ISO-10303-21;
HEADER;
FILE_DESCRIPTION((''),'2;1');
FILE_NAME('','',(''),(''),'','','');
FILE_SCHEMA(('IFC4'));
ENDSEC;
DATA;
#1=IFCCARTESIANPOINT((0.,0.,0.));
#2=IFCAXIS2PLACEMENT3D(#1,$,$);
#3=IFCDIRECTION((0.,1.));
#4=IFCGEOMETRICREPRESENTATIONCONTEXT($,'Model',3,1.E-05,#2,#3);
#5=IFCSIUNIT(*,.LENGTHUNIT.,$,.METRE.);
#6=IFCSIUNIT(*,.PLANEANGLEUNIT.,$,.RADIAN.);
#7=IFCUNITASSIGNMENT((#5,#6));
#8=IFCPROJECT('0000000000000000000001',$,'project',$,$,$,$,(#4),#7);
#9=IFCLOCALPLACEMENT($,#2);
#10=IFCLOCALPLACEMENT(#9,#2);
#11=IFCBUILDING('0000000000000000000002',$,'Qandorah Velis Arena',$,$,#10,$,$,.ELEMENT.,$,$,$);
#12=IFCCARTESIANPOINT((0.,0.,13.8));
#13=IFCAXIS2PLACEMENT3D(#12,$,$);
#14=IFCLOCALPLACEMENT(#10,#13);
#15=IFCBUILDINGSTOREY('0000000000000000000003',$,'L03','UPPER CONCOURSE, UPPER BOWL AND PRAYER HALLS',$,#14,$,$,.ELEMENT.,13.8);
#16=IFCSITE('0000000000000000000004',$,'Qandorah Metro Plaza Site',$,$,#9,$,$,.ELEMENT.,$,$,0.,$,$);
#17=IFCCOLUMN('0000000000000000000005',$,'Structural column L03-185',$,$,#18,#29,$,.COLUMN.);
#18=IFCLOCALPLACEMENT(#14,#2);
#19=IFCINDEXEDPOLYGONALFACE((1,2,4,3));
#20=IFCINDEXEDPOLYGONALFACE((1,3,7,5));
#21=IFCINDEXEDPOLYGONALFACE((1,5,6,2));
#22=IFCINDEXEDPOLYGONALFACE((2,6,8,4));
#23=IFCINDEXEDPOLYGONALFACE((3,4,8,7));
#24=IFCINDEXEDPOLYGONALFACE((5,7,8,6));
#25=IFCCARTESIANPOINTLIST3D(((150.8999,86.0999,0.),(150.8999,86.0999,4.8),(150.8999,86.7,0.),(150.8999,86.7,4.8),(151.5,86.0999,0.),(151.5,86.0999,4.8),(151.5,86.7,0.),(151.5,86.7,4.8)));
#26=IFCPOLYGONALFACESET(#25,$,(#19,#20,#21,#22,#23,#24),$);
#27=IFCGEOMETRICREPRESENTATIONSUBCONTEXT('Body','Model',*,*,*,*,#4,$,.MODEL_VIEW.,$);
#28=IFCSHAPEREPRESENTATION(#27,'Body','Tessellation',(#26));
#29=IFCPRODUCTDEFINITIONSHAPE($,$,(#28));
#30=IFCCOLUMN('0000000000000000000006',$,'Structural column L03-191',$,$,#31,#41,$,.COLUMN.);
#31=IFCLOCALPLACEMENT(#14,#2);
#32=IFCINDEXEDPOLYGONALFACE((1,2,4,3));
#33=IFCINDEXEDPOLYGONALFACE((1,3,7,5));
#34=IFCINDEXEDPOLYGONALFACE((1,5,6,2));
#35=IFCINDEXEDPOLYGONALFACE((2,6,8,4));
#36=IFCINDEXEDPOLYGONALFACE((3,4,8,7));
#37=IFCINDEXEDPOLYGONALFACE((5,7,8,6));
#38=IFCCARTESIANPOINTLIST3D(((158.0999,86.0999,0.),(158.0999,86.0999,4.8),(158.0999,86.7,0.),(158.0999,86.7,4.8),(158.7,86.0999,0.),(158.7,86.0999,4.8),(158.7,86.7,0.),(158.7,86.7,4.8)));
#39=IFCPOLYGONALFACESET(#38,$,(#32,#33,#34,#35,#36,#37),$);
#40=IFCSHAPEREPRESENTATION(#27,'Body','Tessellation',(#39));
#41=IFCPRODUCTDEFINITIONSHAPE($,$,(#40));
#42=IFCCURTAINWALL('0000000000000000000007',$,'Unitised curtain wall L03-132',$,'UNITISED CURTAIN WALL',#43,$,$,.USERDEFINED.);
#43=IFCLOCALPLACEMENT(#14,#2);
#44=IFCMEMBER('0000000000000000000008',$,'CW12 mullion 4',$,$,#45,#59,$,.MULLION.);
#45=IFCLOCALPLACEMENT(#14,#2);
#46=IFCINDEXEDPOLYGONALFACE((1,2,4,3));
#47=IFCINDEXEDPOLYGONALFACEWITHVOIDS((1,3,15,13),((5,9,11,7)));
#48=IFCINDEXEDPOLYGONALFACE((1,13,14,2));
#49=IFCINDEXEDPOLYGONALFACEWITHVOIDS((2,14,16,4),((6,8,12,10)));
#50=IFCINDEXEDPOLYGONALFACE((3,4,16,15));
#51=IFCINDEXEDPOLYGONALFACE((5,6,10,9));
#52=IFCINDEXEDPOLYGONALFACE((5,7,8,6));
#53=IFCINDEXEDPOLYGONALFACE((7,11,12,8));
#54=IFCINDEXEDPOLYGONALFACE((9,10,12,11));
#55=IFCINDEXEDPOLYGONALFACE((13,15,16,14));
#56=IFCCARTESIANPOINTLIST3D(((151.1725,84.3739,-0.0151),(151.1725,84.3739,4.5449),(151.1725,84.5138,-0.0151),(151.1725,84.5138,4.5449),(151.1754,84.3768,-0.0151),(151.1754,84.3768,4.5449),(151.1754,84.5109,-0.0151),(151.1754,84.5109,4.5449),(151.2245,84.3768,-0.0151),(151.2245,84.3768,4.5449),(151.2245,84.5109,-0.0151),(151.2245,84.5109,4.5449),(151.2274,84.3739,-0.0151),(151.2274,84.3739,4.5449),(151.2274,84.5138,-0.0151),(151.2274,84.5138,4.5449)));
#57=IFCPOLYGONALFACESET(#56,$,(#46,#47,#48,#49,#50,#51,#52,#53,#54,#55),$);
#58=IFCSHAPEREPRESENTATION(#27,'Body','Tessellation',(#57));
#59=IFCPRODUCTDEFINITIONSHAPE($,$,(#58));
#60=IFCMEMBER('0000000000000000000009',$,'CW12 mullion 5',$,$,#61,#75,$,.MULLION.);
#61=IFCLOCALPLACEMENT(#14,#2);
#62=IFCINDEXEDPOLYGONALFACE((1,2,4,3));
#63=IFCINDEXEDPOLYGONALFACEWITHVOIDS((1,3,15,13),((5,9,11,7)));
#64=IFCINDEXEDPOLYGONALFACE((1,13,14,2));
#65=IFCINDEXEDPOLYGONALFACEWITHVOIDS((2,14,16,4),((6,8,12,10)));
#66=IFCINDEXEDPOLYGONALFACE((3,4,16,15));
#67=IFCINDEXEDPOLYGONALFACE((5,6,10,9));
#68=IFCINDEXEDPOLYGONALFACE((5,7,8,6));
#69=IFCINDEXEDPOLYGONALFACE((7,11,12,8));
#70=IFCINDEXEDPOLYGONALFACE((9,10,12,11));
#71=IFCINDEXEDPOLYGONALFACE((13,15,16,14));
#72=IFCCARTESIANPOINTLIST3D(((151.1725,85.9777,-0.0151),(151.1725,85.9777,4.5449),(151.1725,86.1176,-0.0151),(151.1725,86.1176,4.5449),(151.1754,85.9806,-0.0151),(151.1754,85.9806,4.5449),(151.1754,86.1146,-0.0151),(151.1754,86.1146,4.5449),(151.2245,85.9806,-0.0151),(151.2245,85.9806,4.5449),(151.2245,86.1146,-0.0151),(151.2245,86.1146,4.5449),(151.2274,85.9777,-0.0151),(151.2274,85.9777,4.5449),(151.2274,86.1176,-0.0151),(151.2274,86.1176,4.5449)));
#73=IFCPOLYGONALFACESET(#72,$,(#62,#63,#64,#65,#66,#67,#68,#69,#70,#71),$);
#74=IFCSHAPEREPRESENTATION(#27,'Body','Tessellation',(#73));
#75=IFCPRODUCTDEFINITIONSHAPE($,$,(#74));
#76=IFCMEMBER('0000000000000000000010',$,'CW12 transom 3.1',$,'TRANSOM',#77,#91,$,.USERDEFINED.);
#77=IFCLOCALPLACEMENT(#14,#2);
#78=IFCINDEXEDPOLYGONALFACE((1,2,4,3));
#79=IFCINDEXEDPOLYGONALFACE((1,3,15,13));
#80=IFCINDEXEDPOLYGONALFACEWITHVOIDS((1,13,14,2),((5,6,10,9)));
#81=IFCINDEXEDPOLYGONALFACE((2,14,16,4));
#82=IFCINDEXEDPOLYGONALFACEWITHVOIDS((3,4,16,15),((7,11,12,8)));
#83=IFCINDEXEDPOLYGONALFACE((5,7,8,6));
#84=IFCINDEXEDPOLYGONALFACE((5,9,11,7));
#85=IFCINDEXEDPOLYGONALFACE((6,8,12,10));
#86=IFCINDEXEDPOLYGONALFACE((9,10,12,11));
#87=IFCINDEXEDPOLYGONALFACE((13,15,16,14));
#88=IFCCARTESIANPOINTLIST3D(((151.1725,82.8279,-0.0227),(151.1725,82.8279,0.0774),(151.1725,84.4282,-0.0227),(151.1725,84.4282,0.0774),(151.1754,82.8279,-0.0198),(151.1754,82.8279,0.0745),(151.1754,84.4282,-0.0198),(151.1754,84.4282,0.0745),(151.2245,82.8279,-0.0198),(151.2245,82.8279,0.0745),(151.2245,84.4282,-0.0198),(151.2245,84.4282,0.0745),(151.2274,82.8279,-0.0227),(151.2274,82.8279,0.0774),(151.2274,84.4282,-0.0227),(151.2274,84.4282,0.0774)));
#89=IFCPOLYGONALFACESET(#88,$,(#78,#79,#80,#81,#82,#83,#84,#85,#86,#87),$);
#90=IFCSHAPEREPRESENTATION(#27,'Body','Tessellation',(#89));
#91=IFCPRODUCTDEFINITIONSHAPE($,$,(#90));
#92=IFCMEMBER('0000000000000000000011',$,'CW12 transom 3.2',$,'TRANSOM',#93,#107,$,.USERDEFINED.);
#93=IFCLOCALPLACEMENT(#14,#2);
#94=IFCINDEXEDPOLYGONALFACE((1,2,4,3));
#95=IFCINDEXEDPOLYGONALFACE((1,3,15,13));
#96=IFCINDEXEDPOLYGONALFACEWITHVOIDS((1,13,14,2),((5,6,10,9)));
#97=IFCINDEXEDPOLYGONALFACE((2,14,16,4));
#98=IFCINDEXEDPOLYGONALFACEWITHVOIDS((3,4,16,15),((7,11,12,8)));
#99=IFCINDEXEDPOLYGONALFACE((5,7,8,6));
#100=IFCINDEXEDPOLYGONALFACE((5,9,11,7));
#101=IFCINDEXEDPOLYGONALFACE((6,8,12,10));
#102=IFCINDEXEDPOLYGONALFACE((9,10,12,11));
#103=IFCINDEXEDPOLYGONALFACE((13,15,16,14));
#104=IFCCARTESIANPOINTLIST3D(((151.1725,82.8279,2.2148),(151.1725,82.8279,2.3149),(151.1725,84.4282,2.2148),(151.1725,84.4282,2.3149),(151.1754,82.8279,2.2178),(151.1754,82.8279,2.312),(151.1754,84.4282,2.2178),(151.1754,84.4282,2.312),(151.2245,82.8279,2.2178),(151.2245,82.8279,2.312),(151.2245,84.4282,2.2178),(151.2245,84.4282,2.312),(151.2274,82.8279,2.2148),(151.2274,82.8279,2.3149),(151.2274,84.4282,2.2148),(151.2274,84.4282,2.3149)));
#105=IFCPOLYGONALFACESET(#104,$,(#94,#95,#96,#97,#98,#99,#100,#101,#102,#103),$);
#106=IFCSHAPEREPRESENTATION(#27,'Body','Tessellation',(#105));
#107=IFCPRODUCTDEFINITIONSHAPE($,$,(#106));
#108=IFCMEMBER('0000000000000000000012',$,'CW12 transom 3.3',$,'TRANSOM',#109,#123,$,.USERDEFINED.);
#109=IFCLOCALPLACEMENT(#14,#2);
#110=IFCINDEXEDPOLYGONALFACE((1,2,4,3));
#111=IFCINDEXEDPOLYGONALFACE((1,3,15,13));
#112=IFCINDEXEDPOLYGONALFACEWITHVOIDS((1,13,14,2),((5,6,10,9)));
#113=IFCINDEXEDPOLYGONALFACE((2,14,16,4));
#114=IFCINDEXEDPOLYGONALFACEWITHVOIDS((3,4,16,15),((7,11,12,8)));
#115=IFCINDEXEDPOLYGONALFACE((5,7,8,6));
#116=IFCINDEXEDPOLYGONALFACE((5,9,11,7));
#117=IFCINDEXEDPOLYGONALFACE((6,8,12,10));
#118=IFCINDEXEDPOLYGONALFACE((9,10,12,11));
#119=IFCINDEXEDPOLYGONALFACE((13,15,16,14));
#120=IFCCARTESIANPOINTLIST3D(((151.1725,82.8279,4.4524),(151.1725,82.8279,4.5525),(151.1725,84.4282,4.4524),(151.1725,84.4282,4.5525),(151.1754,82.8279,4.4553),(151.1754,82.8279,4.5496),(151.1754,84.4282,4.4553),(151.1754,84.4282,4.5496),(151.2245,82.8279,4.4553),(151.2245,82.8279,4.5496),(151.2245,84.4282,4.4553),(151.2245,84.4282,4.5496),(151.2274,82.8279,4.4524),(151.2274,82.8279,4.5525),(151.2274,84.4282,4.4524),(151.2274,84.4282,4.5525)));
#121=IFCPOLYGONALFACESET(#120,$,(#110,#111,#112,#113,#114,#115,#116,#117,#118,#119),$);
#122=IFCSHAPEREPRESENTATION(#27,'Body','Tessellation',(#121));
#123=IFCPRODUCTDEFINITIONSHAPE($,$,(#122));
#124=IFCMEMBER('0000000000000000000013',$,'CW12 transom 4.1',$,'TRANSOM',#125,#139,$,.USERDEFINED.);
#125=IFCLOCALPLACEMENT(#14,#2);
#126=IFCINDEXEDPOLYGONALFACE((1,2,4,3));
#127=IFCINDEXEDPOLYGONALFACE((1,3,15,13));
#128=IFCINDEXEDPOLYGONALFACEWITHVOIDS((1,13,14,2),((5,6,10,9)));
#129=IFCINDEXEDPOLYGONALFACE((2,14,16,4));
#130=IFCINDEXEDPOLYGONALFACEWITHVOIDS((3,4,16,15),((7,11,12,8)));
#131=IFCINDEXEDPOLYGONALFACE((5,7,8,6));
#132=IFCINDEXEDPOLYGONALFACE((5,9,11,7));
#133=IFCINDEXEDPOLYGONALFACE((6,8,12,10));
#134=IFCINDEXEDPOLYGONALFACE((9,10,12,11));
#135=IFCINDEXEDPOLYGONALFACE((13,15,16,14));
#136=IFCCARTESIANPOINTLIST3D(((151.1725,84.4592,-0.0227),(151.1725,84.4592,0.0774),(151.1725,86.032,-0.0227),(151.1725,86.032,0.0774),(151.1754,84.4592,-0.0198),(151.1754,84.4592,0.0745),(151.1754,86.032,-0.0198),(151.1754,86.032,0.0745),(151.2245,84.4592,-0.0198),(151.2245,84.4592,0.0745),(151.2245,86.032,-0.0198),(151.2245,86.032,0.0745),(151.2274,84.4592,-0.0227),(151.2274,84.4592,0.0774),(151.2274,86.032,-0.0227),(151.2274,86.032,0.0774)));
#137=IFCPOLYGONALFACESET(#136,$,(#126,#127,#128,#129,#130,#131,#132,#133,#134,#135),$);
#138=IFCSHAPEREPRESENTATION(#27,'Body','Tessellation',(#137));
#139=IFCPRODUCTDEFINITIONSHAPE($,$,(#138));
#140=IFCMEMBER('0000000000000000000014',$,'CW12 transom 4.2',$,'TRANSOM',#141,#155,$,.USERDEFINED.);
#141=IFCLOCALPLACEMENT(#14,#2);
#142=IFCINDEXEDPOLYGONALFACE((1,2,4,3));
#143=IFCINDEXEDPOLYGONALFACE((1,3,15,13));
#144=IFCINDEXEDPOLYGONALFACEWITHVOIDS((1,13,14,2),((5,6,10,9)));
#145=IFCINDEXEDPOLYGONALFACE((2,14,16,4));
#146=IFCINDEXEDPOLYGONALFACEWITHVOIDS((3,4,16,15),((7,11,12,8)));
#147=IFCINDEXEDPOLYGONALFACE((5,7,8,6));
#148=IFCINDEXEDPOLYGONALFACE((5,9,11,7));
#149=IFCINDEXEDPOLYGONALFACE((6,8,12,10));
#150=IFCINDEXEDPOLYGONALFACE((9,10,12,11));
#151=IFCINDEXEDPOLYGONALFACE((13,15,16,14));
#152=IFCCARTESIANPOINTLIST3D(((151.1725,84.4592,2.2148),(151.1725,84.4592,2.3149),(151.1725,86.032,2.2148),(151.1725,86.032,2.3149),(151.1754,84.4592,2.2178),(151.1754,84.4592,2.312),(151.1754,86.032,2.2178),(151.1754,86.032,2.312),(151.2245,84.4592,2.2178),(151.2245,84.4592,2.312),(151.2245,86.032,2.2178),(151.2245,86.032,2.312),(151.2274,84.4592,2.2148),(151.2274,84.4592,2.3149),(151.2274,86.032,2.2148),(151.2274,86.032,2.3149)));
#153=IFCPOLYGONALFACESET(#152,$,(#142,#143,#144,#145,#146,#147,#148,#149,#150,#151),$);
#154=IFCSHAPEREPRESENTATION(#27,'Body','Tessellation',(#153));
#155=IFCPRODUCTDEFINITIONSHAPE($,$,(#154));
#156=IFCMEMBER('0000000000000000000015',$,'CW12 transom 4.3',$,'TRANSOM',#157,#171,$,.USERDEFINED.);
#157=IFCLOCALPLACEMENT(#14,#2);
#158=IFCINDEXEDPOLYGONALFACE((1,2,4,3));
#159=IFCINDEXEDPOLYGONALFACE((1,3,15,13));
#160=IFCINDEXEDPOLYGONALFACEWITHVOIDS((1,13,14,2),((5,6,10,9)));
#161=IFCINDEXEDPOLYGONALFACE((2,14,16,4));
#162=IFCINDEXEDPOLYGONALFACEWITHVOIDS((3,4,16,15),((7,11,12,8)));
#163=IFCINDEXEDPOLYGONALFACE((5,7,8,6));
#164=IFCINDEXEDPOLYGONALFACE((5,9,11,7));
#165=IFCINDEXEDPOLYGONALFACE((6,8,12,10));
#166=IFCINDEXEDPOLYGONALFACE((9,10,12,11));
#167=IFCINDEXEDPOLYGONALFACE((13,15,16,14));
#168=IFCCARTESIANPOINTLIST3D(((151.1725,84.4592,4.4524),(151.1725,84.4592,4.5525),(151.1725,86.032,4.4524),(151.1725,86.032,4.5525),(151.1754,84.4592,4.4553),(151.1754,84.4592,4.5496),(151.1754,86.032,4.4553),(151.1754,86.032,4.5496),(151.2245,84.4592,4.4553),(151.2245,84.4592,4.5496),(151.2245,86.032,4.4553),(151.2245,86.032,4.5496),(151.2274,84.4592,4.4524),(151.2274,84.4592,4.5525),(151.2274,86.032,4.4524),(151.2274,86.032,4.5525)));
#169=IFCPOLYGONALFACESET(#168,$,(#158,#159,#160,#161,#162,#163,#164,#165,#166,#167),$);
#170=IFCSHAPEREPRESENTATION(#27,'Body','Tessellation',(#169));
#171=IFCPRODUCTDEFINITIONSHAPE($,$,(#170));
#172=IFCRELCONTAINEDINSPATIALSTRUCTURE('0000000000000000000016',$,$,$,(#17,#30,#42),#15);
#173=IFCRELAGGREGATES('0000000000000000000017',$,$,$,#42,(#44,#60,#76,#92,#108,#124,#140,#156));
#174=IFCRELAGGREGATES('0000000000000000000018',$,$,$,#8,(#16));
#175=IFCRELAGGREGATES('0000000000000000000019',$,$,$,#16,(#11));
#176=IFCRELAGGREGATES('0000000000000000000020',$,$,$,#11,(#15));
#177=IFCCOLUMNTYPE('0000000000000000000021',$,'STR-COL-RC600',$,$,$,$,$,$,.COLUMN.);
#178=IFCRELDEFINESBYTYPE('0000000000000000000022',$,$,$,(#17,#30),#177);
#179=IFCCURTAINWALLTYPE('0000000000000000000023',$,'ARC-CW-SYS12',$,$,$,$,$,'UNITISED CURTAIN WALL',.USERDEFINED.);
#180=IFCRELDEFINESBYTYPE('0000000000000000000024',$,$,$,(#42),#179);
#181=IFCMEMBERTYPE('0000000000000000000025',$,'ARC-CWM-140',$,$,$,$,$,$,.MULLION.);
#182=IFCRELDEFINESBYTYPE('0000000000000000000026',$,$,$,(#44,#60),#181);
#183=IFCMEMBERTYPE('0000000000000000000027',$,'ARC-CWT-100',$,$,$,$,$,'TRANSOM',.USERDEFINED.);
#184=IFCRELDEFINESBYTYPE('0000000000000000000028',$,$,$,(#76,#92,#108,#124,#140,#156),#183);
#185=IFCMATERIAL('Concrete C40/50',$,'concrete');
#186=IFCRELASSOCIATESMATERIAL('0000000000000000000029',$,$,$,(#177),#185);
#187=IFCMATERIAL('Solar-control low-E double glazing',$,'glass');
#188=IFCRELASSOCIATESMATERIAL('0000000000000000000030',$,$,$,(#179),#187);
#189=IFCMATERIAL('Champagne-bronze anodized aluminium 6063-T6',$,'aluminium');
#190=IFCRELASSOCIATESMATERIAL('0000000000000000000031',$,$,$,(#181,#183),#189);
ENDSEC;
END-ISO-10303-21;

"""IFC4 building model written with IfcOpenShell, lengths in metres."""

from ifc_helpers import new_model, si_unit, direction, frame, origin, origin_2d, place, context, subcontext, project, spatial, rectangle, hollow_rectangle, extrude, material, material_profile, profile_set, type_object, element, aggregate, save


model = new_model("IFC4")

# Units and contexts
model_context = context("Model", 3, precision=1e-05, world=origin(), true_north=direction((0.0, 1.0)))
body_context = subcontext(model_context, "Body", "Model", "MODEL_VIEW")
ifc_project = project(units=[si_unit("LENGTHUNIT", "METRE"), si_unit("PLANEANGLEUNIT", "RADIAN")], contexts=[model_context])

# Site, building, storey
site_placement = place(None, origin())
site = spatial("IfcSite", under=ifc_project, at=site_placement, Name="Qandorah Metro Plaza Site", CompositionType="ELEMENT", RefElevation=0.0)
building_placement = place(site_placement, origin())
building = spatial("IfcBuilding", under=site, at=building_placement, Name="Qandorah Velis Arena", CompositionType="ELEMENT")
storey_placement = place(building_placement, frame((0.0, 0.0, 13.8)))
storey = spatial("IfcBuildingStorey", under=building, at=storey_placement, Name="L03", Description="UPPER CONCOURSE, UPPER BOWL AND PRAYER HALLS", CompositionType="ELEMENT", Elevation=13.8)

# Columns
ifc_material_1 = material(Name="Concrete C40/50", Category="concrete")
ifc_material_profile_1 = material_profile(ifc_material_1, rectangle(XDim=0.6001, YDim=0.6001, at=origin_2d()), Name="RC COL 600x600")
ifc_profile_set_1 = profile_set([ifc_material_profile_1], Name="Concrete C40/50")
column_type = type_object("IfcColumnType", Name="STR-COL-RC600", PredefinedType="COLUMN", material=ifc_profile_set_1)
for number, where, z_axis, x_axis, name in (
    (1, (151.2, 86.3999, 0.0), (0.0, 0.0, 1.0), (1.0, 0.0, 0.0), "Structural column L03-185"),
    (2, (158.3999, 86.3999, 0.0), (0.0, 0.0, 1.0), (1.0, 0.0, 0.0), "Structural column L03-191"),
):
    element("IfcColumn", number, at=place(storey_placement, frame(where, z_axis=z_axis, x_axis=x_axis)), inside=storey, type_object=column_type, Name=name, PredefinedType="COLUMN", context=body_context, shape_type="SweptSolid", body=[
        extrude(rectangle(XDim=0.6001, YDim=0.6001, at=origin_2d()), origin(), (0.0, 0.0, 1.0), 4.8),
    ])

# Curtain wall, members
ifc_material_2 = material(Name="Solar-control low-E double glazing", Category="glass")
curtain_wall_type = type_object("IfcCurtainWallType", Name="ARC-CW-SYS12", ElementType="UNITISED CURTAIN WALL", PredefinedType="USERDEFINED", material=ifc_material_2)
curtain_wall_placement = place(storey_placement, origin())
curtain_wall = element("IfcCurtainWall", 3, at=curtain_wall_placement, inside=storey, type_object=curtain_wall_type, Name="Unitised curtain wall L03-132", ObjectType="UNITISED CURTAIN WALL", PredefinedType="USERDEFINED")
ifc_material_3 = material(Name="Champagne-bronze anodized aluminium 6063-T6", Category="aluminium")
ifc_material_profile_2 = material_profile(ifc_material_3, hollow_rectangle(XDim=0.0549, YDim=0.1399, WallThickness=0.0029, at=origin_2d()), Name="ALU MULLION 55x140")
ifc_profile_set_2 = profile_set([ifc_material_profile_2], Name="Champagne-bronze anodized aluminium 6063-T6")
member_type_1 = type_object("IfcMemberType", Name="ARC-CWM-140", PredefinedType="MULLION", material=ifc_profile_set_2)
member_1_placement = place(storey_placement, frame((151.2, 84.4438, -0.0151), z_axis=(0.0, 0.0, 1.0), x_axis=(-1.0, 0.0, 0.0)))
member_1 = element("IfcMember", 4, at=member_1_placement, type_object=member_type_1, Name="CW12 mullion 4", PredefinedType="MULLION", context=body_context, shape_type="SweptSolid", body=[
    extrude(hollow_rectangle(XDim=0.0549, YDim=0.1399, WallThickness=0.0029, at=origin_2d()), origin(), (0.0, 0.0, 1.0), 4.5601),
])
member_2_placement = place(storey_placement, frame((151.2, 86.0476, -0.0151), z_axis=(0.0, 0.0, 1.0), x_axis=(-1.0, 0.0, 0.0)))
member_2 = element("IfcMember", 5, at=member_2_placement, type_object=member_type_1, Name="CW12 mullion 5", PredefinedType="MULLION", context=body_context, shape_type="SweptSolid", body=[
    extrude(hollow_rectangle(XDim=0.0549, YDim=0.1399, WallThickness=0.0029, at=origin_2d()), origin(), (0.0, 0.0, 1.0), 4.5601),
])
ifc_material_profile_3 = material_profile(ifc_material_3, hollow_rectangle(XDim=0.0549, YDim=0.1001, WallThickness=0.0029, at=origin_2d()), Name="ALU TRANSOM 55x100")
ifc_profile_set_3 = profile_set([ifc_material_profile_3], Name="Champagne-bronze anodized aluminium 6063-T6")
member_type_2 = type_object("IfcMemberType", Name="ARC-CWT-100", ElementType="TRANSOM", PredefinedType="USERDEFINED", material=ifc_profile_set_3)
member_3_placement = place(storey_placement, frame((151.2, 82.8279, 0.0273), z_axis=(0.0, 1.0, 0.0), x_axis=(-1.0, 0.0, 0.0)))
member_3 = element("IfcMember", 6, at=member_3_placement, type_object=member_type_2, Name="CW12 transom 3.1", ObjectType="TRANSOM", PredefinedType="USERDEFINED", context=body_context, shape_type="SweptSolid", body=[
    extrude(hollow_rectangle(XDim=0.0549, YDim=0.1001, WallThickness=0.0029, at=origin_2d()), origin(), (0.0, 0.0, 1.0), 1.6003),
])
member_4_placement = place(storey_placement, frame((151.2, 82.8279, 2.2649), z_axis=(0.0, 1.0, 0.0), x_axis=(-1.0, 0.0, 0.0)))
member_4 = element("IfcMember", 7, at=member_4_placement, type_object=member_type_2, Name="CW12 transom 3.2", ObjectType="TRANSOM", PredefinedType="USERDEFINED", context=body_context, shape_type="SweptSolid", body=[
    extrude(hollow_rectangle(XDim=0.0549, YDim=0.1001, WallThickness=0.0029, at=origin_2d()), origin(), (0.0, 0.0, 1.0), 1.6003),
])
member_5_placement = place(storey_placement, frame((151.2, 82.8279, 4.5024), z_axis=(0.0, 1.0, 0.0), x_axis=(-1.0, 0.0, 0.0)))
member_5 = element("IfcMember", 8, at=member_5_placement, type_object=member_type_2, Name="CW12 transom 3.3", ObjectType="TRANSOM", PredefinedType="USERDEFINED", context=body_context, shape_type="SweptSolid", body=[
    extrude(hollow_rectangle(XDim=0.0549, YDim=0.1001, WallThickness=0.0029, at=origin_2d()), origin(), (0.0, 0.0, 1.0), 1.6003),
])
member_6_placement = place(storey_placement, frame((151.2, 84.4592, 0.0273), z_axis=(0.0, 1.0, 0.0), x_axis=(-1.0, 0.0, 0.0)))
member_6 = element("IfcMember", 9, at=member_6_placement, type_object=member_type_2, Name="CW12 transom 4.1", ObjectType="TRANSOM", PredefinedType="USERDEFINED", context=body_context, shape_type="SweptSolid", body=[
    extrude(hollow_rectangle(XDim=0.0549, YDim=0.1001, WallThickness=0.0029, at=origin_2d()), origin(), (0.0, 0.0, 1.0), 1.5728),
])
member_7_placement = place(storey_placement, frame((151.2, 84.4592, 2.2649), z_axis=(0.0, 1.0, 0.0), x_axis=(-1.0, 0.0, 0.0)))
member_7 = element("IfcMember", 10, at=member_7_placement, type_object=member_type_2, Name="CW12 transom 4.2", ObjectType="TRANSOM", PredefinedType="USERDEFINED", context=body_context, shape_type="SweptSolid", body=[
    extrude(hollow_rectangle(XDim=0.0549, YDim=0.1001, WallThickness=0.0029, at=origin_2d()), origin(), (0.0, 0.0, 1.0), 1.5728),
])
member_8_placement = place(storey_placement, frame((151.2, 84.4592, 4.5024), z_axis=(0.0, 1.0, 0.0), x_axis=(-1.0, 0.0, 0.0)))
member_8 = element("IfcMember", 11, at=member_8_placement, type_object=member_type_2, Name="CW12 transom 4.3", ObjectType="TRANSOM", PredefinedType="USERDEFINED", context=body_context, shape_type="SweptSolid", body=[
    extrude(hollow_rectangle(XDim=0.0549, YDim=0.1001, WallThickness=0.0029, at=origin_2d()), origin(), (0.0, 0.0, 1.0), 1.5728),
])

aggregate(curtain_wall, [member_1, member_2, member_3, member_4, member_5, member_6, member_7, member_8])

save(model, "model.ifc")
